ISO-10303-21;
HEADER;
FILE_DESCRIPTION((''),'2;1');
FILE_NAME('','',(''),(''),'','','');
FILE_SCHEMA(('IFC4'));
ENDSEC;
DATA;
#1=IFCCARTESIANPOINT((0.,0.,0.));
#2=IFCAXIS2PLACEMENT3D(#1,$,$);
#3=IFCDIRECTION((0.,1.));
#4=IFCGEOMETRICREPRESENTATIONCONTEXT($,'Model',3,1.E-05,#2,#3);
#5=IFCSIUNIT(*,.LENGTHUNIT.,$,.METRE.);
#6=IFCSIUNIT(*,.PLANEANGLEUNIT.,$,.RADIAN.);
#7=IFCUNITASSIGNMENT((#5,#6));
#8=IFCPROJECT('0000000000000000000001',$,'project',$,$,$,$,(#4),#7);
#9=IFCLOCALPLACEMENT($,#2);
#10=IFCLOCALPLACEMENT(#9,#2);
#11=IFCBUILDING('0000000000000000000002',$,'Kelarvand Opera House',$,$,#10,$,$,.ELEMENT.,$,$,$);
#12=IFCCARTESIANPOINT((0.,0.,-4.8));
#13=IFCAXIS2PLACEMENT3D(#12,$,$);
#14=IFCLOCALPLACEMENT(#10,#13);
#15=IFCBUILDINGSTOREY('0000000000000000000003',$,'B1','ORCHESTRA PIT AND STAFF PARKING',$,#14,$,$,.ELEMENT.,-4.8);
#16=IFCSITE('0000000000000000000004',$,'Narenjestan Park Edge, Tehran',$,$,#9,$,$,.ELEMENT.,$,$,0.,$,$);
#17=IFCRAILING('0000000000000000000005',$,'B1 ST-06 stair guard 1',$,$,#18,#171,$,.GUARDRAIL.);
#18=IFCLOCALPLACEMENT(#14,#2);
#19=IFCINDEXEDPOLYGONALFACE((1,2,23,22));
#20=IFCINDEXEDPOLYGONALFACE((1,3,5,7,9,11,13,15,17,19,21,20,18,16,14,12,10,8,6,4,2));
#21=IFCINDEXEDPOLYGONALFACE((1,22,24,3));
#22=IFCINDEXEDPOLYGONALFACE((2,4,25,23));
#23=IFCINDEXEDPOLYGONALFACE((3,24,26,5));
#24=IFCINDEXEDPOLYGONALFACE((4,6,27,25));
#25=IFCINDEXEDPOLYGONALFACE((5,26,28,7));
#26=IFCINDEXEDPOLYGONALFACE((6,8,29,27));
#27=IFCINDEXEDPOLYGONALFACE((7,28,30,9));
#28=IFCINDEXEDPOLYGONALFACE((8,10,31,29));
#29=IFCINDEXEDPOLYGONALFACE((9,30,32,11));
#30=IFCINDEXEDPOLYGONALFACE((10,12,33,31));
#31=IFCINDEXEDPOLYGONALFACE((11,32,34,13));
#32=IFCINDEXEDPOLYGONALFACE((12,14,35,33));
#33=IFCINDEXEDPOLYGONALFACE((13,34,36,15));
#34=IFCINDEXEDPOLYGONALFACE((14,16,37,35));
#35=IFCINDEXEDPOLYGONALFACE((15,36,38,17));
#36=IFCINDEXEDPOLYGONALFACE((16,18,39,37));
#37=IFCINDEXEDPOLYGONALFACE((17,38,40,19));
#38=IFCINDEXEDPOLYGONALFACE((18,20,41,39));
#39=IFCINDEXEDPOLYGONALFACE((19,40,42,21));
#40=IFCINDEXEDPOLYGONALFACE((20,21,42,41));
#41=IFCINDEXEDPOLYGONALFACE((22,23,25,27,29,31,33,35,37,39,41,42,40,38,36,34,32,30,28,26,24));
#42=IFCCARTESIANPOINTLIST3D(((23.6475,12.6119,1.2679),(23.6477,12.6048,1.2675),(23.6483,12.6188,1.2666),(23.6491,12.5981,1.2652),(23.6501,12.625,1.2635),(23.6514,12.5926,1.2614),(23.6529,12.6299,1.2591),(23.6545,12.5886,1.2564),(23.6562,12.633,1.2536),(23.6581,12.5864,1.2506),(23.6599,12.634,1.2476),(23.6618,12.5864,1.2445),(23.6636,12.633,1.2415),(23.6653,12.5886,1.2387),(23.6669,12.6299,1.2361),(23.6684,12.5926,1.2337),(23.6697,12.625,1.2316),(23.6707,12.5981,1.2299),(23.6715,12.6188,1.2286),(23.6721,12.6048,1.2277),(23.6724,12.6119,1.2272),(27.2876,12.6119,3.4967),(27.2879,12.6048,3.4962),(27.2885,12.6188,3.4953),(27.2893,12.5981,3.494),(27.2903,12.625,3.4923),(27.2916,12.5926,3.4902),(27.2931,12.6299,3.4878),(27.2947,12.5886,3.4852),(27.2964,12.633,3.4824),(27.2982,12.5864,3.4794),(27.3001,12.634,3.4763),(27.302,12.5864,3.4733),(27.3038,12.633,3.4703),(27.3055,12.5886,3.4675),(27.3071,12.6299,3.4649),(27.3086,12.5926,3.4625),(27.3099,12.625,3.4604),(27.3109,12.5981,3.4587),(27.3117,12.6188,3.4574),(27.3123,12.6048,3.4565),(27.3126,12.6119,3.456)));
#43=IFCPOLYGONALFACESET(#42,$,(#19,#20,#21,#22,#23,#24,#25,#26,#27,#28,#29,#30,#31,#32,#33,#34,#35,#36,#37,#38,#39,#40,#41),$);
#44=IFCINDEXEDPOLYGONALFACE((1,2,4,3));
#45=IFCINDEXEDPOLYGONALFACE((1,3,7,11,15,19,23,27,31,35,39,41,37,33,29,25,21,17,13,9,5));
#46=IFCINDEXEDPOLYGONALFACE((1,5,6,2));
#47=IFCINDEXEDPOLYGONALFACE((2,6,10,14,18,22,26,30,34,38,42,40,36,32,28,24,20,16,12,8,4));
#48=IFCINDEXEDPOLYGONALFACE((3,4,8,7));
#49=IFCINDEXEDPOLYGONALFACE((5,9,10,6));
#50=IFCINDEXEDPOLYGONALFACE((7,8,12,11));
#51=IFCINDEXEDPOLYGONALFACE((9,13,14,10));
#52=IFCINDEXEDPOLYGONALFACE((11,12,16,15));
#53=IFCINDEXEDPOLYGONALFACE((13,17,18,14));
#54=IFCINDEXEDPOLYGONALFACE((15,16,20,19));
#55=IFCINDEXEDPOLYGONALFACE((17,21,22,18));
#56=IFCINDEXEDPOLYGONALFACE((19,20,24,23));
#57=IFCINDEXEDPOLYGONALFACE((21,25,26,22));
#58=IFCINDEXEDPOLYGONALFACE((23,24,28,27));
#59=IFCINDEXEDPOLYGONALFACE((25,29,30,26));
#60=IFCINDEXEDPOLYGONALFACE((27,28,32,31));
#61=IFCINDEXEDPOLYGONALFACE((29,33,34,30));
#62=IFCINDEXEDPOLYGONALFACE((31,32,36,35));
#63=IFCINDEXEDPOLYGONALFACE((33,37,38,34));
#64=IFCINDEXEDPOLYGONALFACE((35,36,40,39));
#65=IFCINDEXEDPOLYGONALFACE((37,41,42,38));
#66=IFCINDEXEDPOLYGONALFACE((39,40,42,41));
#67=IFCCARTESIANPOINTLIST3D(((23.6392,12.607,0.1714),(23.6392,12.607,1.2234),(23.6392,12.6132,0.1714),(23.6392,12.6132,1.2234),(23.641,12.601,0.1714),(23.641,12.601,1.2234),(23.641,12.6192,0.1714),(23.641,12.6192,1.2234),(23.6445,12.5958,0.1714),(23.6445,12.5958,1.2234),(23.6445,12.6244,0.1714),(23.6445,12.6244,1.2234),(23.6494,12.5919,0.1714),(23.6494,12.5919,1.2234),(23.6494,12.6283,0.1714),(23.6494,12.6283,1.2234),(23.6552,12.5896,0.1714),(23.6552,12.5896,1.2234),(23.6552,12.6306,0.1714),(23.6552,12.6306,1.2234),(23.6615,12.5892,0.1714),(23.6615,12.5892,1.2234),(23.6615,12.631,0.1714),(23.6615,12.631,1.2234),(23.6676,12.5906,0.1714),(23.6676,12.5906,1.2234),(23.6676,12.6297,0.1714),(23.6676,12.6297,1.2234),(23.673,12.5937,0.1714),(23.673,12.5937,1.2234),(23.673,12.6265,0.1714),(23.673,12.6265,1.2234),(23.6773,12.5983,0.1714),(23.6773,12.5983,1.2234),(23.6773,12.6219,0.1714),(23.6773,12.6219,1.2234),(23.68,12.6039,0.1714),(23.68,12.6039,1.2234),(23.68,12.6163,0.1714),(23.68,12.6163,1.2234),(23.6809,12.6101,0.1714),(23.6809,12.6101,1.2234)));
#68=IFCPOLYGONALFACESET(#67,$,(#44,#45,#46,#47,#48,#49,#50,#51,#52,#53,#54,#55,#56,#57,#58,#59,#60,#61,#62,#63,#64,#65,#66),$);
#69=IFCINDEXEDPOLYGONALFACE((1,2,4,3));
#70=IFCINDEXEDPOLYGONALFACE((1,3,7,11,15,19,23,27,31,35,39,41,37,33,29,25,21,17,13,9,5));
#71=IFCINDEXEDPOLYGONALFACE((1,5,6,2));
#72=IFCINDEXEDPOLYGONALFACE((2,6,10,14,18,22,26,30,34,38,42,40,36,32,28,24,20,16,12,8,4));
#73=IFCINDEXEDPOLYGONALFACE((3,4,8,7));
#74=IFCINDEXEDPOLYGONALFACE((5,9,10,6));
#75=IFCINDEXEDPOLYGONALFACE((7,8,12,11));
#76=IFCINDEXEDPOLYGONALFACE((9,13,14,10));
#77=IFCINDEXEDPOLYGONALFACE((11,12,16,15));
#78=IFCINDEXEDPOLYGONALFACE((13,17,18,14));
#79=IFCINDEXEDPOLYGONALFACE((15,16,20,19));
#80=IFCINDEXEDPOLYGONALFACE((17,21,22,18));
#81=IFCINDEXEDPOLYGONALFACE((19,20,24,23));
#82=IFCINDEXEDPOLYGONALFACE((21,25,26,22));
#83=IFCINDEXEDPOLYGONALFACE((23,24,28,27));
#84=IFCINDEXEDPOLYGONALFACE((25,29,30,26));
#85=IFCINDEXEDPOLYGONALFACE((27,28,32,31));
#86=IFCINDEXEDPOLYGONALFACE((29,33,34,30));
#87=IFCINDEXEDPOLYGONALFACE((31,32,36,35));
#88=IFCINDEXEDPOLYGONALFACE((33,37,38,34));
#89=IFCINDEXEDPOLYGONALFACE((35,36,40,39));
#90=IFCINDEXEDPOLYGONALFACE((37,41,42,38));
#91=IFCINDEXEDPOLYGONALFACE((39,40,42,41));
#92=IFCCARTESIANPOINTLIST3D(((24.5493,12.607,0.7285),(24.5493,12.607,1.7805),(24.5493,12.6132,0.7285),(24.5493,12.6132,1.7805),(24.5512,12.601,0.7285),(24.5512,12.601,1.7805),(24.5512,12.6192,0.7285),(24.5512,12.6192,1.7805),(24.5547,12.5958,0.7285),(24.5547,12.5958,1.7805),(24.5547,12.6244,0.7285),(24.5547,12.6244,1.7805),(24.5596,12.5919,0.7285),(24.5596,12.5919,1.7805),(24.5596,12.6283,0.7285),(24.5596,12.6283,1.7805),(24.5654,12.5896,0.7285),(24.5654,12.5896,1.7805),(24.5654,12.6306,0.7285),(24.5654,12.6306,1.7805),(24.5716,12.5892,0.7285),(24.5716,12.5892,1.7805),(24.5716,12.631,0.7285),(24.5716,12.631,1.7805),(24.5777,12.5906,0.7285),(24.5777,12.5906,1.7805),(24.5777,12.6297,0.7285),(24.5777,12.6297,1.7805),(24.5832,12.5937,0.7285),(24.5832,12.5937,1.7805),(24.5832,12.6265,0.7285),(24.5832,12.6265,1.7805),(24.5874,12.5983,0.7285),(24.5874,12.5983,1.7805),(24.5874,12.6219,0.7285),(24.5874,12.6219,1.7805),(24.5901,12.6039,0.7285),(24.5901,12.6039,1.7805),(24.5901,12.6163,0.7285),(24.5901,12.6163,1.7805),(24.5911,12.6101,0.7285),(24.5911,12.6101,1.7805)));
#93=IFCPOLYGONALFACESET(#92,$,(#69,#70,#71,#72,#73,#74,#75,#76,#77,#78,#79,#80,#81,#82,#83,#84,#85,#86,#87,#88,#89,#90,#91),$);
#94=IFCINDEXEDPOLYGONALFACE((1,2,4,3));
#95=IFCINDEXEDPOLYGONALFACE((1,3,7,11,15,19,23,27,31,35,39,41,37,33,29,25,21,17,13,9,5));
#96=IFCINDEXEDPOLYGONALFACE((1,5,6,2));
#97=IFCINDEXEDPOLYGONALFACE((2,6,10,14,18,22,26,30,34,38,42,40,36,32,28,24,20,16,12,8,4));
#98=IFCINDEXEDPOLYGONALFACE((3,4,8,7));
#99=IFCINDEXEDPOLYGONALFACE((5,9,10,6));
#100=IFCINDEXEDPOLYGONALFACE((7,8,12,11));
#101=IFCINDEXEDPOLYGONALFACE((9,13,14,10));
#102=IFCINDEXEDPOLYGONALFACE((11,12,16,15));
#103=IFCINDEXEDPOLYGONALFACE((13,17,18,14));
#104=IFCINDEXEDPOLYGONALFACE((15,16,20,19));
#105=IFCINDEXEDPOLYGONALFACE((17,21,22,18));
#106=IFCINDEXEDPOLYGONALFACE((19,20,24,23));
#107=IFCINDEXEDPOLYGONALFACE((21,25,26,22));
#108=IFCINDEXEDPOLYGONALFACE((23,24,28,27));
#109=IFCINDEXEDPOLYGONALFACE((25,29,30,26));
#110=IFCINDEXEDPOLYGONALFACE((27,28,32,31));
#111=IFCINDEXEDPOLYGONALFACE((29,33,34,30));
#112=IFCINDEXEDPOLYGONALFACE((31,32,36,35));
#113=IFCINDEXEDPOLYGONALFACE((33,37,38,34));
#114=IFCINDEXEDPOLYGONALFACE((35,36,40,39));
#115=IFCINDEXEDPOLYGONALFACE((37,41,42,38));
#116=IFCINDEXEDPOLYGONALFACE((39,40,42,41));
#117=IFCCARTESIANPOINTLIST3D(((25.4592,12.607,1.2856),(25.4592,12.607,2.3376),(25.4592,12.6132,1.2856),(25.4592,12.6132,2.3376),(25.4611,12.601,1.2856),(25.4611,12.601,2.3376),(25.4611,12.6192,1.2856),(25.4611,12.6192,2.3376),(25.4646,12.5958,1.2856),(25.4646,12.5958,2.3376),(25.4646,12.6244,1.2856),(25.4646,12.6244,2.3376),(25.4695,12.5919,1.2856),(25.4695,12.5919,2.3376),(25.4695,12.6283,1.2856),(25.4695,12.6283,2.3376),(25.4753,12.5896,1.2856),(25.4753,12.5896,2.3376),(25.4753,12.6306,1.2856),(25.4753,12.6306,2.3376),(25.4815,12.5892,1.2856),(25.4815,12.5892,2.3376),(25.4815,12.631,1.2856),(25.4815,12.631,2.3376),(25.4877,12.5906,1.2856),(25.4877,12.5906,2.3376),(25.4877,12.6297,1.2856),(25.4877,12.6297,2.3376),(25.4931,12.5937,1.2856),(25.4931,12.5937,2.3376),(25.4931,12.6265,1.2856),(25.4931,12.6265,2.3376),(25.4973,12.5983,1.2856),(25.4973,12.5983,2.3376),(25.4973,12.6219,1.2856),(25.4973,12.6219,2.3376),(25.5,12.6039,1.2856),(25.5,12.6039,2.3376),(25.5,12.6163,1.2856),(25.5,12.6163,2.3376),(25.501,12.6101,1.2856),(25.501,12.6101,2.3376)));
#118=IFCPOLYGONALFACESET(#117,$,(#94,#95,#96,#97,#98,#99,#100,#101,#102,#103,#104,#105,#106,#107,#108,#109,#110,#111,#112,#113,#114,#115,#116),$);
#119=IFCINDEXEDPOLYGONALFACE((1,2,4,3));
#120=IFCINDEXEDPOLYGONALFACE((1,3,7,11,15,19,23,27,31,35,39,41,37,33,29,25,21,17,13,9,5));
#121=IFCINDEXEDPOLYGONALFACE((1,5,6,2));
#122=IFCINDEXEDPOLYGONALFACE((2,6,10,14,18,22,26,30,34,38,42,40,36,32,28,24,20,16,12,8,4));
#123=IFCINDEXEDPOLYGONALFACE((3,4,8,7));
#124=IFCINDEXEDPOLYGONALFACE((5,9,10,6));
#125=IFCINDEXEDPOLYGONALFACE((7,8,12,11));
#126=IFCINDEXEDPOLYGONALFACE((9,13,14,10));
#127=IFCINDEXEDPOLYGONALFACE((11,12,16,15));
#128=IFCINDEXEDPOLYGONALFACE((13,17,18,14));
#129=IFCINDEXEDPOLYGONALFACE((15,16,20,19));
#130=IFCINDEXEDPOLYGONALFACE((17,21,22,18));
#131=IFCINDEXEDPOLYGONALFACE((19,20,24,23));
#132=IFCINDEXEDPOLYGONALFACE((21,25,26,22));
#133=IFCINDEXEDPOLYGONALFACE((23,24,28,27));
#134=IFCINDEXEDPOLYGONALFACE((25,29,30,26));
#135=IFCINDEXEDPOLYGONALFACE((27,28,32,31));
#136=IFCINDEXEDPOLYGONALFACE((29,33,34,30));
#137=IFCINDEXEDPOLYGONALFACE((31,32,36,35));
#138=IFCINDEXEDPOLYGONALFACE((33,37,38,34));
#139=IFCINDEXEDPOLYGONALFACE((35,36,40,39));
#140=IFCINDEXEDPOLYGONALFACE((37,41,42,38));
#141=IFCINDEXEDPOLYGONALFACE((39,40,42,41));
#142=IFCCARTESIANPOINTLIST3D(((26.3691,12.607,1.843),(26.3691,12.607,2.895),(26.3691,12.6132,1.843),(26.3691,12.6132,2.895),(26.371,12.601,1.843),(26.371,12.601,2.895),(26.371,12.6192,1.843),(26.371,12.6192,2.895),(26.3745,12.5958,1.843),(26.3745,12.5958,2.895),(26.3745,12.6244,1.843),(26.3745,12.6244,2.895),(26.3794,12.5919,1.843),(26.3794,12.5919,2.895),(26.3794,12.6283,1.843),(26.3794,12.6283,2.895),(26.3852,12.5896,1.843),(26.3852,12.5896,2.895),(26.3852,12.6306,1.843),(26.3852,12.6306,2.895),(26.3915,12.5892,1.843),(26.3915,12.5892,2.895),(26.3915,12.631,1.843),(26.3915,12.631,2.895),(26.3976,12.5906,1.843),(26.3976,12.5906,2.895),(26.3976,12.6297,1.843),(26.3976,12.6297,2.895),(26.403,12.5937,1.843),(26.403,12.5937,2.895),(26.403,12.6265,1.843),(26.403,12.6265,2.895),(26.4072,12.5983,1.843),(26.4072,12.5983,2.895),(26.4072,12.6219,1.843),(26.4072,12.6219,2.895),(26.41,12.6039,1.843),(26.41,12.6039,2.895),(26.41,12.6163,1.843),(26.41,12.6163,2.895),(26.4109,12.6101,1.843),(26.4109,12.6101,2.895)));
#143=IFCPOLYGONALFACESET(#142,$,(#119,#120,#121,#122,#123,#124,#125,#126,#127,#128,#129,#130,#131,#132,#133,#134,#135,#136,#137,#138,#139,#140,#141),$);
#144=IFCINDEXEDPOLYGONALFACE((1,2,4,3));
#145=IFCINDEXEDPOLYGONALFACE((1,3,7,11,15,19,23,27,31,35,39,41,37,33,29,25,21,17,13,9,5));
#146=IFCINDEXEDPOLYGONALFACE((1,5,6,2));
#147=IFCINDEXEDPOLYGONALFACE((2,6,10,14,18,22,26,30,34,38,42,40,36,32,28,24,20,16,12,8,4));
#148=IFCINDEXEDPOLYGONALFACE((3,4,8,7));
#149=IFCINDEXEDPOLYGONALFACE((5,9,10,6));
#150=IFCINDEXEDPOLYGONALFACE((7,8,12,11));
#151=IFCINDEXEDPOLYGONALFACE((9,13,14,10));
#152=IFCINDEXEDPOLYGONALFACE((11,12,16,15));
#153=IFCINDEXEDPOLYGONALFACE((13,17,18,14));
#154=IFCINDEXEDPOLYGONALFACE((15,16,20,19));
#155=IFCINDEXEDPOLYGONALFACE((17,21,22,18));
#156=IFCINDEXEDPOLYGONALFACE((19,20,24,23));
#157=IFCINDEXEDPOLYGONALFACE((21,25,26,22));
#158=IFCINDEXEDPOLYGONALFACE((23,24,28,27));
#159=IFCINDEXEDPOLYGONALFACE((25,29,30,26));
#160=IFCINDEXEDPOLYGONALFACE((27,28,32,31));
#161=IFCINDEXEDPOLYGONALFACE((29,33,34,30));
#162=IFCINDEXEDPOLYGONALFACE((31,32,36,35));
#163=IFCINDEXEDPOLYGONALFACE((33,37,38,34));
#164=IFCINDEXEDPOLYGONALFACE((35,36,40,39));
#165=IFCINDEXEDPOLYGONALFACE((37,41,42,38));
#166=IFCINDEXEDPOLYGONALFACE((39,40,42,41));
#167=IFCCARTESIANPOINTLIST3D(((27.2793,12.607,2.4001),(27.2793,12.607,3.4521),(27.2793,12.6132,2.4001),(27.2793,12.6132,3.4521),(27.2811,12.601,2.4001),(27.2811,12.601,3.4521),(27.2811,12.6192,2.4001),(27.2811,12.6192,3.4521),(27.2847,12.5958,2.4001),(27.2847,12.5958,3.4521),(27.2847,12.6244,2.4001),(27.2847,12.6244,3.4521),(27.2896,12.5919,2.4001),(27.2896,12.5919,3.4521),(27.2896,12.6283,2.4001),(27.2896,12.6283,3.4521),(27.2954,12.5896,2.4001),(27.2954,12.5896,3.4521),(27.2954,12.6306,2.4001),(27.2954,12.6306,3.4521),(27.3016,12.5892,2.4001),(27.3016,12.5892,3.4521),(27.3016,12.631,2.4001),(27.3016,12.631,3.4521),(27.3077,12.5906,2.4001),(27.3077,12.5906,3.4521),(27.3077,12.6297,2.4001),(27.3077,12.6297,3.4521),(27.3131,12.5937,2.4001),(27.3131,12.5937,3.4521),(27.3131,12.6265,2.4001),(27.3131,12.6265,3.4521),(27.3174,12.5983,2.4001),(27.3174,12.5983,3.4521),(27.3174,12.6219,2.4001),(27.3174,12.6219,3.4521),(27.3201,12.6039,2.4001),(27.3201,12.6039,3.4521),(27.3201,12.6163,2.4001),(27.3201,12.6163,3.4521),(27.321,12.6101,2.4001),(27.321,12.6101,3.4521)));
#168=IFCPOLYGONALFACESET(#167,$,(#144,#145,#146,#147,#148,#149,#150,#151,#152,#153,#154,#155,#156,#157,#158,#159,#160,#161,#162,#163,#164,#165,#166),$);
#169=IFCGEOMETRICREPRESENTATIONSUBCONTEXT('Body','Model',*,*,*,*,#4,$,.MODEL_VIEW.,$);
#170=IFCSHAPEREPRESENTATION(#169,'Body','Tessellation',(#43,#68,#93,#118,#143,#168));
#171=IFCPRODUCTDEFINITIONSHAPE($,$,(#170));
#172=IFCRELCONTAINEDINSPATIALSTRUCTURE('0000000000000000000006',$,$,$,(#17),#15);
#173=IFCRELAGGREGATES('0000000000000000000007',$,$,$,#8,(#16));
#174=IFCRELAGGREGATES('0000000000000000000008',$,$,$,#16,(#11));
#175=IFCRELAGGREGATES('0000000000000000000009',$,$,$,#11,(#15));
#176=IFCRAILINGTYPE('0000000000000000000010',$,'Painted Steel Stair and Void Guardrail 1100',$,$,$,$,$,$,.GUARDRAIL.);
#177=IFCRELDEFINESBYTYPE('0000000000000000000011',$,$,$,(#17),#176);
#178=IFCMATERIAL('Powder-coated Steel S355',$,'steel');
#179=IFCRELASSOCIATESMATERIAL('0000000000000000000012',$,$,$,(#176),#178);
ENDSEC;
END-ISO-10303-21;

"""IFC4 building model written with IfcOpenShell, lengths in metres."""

from ifc_helpers import new_model, si_unit, direction, frame, origin, origin_2d, place, context, subcontext, project, spatial, circle, extrude, material, type_object, element, save


model = new_model("IFC4")

# Units and contexts
model_context = context("Model", 3, precision=1e-05, world=origin(), true_north=direction((0.0, 1.0)))
body_context = subcontext(model_context, "Body", "Model", "MODEL_VIEW")
ifc_project = project(units=[si_unit("LENGTHUNIT", "METRE"), si_unit("PLANEANGLEUNIT", "RADIAN")], contexts=[model_context])

# Site, building, storey
site_placement = place(None, origin())
site = spatial("IfcSite", under=ifc_project, at=site_placement, Name="Narenjestan Park Edge, Tehran", CompositionType="ELEMENT", RefElevation=0.0)
building_placement = place(site_placement, origin())
building = spatial("IfcBuilding", under=site, at=building_placement, Name="Kelarvand Opera House", CompositionType="ELEMENT")
storey_placement = place(building_placement, frame((0.0, 0.0, -4.8)))
storey = spatial("IfcBuildingStorey", under=building, at=storey_placement, Name="B1", Description="ORCHESTRA PIT AND STAFF PARKING", CompositionType="ELEMENT", Elevation=-4.8)

# Railing
ifc_material_1 = material(Name="Powder-coated Steel S355", Category="steel")
railing_type_1 = type_object("IfcRailingType", Name="Painted Steel Stair and Void Guardrail 1100", PredefinedType="GUARDRAIL", material=ifc_material_1)
railing_1_placement = place(storey_placement, frame((23.6599, 12.6101, 0.1714)))
element("IfcRailing", 1, at=railing_1_placement, inside=storey, type_object=railing_type_1, Name="B1 ST-06 stair guard 1", PredefinedType="GUARDRAIL", context=body_context, shape_type="SweptSolid", body=[
    extrude(circle(Radius=0.0239, at=origin_2d()), frame((0.0, 0.0, 1.0762), z_axis=(0.85284, 0.0, 0.522172), x_axis=(0.0, 1.0, 0.0)), (0.0, 0.0, 1.0), 4.2683),
    extrude(circle(Radius=0.021, at=origin_2d()), origin(), (0.0, 0.0, 1.0), 1.052),
    extrude(circle(Radius=0.021, at=origin_2d()), frame((0.9102, 0.0, 0.5571)), (0.0, 0.0, 1.0), 1.052),
    extrude(circle(Radius=0.021, at=origin_2d()), frame((1.8201, 0.0, 1.1143)), (0.0, 0.0, 1.0), 1.052),
    extrude(circle(Radius=0.021, at=origin_2d()), frame((2.73, 0.0, 1.6716)), (0.0, 0.0, 1.0), 1.052),
    extrude(circle(Radius=0.021, at=origin_2d()), frame((3.6401, 0.0, 2.2288)), (0.0, 0.0, 1.0), 1.052),
])

save(model, "model.ifc")
